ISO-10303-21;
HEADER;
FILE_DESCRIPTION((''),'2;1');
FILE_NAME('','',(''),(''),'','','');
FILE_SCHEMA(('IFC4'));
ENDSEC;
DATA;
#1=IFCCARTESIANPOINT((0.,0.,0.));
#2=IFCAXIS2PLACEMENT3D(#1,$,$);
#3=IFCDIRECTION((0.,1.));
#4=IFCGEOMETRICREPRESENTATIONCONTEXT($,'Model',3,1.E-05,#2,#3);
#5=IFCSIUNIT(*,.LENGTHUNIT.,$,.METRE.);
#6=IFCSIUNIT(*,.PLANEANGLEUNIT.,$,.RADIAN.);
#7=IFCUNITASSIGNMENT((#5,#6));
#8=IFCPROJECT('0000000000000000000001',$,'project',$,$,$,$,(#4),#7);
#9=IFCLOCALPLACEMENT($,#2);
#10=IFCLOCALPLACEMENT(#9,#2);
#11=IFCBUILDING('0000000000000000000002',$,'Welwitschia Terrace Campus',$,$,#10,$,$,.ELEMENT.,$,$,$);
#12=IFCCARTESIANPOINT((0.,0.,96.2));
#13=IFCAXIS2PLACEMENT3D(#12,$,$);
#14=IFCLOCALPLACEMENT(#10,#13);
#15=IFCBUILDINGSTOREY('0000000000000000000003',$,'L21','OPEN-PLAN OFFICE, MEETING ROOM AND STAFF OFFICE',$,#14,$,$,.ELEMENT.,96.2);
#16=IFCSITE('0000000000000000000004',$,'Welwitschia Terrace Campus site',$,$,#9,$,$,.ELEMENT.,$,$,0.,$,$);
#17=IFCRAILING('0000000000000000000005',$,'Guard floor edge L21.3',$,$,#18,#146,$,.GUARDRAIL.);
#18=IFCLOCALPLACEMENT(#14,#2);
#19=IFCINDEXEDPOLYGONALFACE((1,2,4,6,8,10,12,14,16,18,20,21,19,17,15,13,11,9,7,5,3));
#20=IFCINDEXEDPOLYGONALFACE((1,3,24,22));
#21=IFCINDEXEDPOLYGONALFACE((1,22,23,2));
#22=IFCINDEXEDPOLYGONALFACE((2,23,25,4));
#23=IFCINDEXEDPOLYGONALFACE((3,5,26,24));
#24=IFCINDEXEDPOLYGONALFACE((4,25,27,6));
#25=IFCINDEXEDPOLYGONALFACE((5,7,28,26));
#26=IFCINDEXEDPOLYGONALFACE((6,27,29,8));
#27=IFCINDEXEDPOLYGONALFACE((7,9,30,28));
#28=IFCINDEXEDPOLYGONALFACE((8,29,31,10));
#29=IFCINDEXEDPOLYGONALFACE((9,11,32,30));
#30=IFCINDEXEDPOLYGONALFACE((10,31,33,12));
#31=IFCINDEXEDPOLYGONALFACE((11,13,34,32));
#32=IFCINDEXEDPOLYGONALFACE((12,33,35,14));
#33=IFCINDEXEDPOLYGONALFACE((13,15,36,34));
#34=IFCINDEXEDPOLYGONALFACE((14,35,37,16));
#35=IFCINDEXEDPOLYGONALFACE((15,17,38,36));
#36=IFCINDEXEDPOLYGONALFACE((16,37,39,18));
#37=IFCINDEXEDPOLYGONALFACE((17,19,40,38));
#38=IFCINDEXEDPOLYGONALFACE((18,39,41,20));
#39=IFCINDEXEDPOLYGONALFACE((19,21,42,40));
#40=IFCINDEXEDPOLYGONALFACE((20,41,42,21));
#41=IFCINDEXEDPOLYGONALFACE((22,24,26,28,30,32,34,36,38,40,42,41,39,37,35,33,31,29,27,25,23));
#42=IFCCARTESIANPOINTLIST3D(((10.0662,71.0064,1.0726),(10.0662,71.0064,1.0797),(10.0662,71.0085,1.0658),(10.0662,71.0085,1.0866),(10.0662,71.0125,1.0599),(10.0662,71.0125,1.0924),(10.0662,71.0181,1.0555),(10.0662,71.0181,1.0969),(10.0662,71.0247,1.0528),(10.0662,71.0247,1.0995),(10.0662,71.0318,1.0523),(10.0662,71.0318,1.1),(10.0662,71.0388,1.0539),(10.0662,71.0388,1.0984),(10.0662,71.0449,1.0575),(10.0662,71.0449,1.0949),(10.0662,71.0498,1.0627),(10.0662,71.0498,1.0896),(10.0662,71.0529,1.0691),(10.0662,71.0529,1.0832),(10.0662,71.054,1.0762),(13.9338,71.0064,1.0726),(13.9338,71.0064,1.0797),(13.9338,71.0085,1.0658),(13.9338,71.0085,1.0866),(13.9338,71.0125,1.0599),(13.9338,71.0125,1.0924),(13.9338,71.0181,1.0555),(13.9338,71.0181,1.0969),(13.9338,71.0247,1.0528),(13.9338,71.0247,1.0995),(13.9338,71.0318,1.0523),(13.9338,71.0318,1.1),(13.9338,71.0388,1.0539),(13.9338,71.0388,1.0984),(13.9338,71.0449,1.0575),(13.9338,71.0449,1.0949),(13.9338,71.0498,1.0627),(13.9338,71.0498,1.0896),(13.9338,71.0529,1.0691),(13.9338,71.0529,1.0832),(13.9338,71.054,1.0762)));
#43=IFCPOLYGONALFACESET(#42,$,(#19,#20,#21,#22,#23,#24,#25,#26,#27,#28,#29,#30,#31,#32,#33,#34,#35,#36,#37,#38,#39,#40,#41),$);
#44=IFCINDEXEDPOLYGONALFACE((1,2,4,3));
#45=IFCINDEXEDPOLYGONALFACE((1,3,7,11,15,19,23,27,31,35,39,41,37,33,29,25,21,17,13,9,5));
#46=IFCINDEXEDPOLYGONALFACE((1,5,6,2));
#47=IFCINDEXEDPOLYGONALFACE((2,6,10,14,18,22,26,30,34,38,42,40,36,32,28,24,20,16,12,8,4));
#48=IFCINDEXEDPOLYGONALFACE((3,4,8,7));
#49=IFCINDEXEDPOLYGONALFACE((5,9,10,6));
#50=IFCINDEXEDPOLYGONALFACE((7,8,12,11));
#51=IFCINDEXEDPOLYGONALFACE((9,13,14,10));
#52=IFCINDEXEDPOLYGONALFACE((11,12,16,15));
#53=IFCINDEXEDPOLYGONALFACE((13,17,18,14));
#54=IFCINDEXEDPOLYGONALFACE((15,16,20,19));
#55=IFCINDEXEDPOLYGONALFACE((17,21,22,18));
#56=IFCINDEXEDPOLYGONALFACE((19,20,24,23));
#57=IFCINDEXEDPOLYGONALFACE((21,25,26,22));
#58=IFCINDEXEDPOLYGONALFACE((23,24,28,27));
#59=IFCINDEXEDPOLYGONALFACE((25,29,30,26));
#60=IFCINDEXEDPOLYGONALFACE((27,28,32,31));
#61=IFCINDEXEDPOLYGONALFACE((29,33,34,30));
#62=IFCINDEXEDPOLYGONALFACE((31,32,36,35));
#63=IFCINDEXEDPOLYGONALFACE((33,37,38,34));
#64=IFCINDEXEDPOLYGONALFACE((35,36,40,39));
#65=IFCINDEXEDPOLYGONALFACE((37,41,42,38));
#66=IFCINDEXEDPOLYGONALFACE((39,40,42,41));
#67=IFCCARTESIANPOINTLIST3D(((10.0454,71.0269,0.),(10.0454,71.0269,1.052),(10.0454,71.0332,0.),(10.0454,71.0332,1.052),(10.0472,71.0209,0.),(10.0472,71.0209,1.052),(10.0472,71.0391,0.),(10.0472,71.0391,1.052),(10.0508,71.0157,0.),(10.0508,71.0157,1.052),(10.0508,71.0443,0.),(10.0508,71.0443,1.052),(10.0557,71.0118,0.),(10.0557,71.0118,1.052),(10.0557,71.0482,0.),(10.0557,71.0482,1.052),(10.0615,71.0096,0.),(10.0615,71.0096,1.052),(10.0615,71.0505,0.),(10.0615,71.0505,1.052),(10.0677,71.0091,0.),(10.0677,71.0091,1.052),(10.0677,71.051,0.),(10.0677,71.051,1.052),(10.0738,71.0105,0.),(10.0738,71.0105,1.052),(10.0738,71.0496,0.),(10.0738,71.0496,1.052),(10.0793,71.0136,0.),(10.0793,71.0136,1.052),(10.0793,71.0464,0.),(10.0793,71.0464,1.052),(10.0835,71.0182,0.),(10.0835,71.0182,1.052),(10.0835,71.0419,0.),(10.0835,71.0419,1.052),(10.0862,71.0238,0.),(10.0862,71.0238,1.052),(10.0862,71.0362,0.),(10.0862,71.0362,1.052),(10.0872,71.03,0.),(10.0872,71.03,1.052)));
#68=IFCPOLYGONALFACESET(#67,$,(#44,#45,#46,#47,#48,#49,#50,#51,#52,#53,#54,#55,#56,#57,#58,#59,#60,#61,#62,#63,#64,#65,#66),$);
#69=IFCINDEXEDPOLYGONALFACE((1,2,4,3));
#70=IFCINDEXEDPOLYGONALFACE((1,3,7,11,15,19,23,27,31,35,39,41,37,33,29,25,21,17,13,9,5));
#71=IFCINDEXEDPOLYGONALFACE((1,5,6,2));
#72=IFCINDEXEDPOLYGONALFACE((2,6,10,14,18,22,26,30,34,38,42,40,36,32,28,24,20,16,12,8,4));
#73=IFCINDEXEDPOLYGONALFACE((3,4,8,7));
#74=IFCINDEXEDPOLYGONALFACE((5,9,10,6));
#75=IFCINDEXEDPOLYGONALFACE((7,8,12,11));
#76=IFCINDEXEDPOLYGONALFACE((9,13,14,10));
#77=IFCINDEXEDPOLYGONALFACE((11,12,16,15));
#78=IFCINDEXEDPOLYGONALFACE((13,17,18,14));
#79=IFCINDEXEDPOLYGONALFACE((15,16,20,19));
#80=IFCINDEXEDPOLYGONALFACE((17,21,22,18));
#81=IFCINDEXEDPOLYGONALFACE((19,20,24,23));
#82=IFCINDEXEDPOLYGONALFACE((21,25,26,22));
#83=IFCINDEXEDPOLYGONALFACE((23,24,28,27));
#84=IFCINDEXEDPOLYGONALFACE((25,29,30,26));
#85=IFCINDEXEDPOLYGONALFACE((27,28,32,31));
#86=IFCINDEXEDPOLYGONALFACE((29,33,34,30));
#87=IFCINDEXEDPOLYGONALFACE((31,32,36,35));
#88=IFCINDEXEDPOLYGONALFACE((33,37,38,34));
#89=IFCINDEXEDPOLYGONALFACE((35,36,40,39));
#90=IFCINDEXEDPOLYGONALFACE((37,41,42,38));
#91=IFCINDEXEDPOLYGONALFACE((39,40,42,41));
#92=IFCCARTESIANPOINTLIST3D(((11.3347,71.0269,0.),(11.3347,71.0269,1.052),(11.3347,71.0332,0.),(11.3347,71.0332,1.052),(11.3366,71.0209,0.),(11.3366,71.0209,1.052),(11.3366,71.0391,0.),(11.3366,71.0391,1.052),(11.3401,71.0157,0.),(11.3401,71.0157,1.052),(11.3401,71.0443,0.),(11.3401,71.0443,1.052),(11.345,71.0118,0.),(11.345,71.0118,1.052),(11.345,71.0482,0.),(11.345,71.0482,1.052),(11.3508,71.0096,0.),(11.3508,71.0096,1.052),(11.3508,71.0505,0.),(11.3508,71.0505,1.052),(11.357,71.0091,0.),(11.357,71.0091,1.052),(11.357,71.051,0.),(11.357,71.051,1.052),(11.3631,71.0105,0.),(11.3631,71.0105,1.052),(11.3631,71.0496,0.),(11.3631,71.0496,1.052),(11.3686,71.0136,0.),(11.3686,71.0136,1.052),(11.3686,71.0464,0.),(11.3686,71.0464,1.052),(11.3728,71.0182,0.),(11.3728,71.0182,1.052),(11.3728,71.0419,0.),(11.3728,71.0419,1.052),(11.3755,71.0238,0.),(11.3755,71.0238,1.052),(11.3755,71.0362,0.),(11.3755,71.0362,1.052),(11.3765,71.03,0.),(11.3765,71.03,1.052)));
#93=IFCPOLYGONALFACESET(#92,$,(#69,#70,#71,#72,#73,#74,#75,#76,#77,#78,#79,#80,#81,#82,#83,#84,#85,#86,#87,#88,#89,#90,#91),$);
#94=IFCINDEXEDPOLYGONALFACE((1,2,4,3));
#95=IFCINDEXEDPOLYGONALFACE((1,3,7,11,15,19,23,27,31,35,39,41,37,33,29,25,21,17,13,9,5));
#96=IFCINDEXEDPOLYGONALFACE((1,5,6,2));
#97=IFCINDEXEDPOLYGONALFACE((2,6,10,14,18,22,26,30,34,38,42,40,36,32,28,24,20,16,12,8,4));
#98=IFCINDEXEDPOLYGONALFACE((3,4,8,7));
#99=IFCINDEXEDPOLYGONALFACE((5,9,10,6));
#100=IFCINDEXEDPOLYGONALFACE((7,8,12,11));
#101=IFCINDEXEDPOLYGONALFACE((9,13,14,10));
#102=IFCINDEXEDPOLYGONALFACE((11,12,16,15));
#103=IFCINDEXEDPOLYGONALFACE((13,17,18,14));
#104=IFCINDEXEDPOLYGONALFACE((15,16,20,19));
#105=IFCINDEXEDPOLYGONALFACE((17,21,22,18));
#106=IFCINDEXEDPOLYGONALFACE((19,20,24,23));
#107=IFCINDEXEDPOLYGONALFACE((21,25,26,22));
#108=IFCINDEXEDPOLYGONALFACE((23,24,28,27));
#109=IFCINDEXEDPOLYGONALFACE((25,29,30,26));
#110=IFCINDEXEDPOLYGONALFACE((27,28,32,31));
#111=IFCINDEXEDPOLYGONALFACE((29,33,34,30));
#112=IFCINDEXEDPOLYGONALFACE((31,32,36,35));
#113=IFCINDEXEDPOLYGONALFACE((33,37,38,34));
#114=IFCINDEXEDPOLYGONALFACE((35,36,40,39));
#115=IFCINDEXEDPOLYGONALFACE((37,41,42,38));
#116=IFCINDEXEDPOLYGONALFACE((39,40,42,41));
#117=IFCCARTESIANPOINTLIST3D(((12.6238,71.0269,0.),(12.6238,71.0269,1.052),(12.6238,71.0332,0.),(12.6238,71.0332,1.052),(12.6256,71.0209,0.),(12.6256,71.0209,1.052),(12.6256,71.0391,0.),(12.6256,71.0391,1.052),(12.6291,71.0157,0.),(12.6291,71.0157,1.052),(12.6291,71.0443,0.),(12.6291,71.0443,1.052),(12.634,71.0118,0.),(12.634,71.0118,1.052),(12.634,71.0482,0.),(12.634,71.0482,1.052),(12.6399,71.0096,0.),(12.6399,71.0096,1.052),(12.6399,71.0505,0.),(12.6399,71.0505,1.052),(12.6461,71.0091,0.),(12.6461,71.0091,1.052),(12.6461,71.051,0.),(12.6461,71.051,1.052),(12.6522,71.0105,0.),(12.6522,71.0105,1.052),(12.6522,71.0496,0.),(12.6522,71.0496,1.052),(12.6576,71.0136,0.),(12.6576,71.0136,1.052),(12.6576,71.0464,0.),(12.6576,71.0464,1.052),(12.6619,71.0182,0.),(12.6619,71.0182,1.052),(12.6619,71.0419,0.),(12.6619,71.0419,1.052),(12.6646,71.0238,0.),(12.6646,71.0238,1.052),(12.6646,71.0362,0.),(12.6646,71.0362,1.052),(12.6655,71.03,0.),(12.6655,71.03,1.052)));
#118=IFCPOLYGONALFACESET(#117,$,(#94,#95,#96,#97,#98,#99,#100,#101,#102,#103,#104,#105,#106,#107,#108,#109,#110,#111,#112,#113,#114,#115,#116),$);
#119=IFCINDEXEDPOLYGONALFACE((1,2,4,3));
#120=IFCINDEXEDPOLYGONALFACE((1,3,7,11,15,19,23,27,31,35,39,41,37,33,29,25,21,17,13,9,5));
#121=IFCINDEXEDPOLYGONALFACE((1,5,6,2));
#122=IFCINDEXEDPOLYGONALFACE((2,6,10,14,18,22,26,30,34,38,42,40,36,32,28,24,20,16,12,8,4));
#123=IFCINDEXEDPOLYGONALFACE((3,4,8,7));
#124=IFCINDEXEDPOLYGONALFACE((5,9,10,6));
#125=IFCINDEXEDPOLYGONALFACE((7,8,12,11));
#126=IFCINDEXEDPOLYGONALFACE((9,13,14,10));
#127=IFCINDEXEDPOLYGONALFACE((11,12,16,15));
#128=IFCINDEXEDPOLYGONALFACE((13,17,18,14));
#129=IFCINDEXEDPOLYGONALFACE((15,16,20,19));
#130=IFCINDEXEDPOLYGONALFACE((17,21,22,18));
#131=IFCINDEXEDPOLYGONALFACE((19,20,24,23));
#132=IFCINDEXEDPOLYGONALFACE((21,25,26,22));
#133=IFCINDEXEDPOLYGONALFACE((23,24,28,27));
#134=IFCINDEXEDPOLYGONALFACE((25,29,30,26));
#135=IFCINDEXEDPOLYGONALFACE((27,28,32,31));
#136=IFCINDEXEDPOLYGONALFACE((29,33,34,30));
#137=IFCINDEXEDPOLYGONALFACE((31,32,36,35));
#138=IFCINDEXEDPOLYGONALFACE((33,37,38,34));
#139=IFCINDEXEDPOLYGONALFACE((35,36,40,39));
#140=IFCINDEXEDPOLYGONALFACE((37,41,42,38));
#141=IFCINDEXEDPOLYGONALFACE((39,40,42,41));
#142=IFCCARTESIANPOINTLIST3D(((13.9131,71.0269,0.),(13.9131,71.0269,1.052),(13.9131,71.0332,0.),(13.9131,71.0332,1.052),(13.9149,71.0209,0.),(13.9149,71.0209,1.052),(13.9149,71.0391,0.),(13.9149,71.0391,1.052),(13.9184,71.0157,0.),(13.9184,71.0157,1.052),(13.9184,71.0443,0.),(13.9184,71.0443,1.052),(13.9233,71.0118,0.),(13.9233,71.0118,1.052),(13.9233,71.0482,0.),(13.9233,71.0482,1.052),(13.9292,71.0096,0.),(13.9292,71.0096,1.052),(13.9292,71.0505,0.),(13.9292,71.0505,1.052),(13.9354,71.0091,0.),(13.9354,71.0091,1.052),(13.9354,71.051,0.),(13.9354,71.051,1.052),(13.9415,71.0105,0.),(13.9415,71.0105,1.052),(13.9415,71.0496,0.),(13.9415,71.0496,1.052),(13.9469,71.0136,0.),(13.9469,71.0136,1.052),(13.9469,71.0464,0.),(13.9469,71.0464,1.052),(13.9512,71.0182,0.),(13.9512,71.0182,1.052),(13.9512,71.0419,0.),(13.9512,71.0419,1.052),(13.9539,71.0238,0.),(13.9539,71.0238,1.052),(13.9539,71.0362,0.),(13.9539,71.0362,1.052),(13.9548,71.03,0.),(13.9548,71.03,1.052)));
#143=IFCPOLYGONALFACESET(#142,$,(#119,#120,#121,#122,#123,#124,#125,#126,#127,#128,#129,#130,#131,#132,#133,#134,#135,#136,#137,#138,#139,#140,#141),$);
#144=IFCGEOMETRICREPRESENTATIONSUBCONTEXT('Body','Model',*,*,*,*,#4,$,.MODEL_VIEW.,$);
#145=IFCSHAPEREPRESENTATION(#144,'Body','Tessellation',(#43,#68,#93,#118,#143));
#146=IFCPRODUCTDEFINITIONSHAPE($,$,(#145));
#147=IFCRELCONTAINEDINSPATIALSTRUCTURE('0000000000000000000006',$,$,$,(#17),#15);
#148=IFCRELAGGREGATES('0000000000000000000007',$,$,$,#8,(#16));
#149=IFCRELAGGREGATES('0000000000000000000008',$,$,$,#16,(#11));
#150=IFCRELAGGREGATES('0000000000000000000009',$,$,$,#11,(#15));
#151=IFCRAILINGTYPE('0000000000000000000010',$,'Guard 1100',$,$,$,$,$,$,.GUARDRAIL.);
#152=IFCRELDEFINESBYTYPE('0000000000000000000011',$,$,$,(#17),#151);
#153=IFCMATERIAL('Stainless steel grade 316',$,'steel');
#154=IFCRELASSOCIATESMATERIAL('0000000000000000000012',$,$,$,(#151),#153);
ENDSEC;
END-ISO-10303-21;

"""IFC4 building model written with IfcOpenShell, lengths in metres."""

from ifc_helpers import new_model, si_unit, direction, frame, origin, origin_2d, place, context, subcontext, project, spatial, circle, extrude, material, type_object, element, save


model = new_model("IFC4")

# Units and contexts
model_context = context("Model", 3, precision=1e-05, world=origin(), true_north=direction((0.0, 1.0)))
body_context = subcontext(model_context, "Body", "Model", "MODEL_VIEW")
ifc_project = project(units=[si_unit("LENGTHUNIT", "METRE"), si_unit("PLANEANGLEUNIT", "RADIAN")], contexts=[model_context])

# Site, building, storey
site_placement = place(None, origin())
site = spatial("IfcSite", under=ifc_project, at=site_placement, Name="Welwitschia Terrace Campus site", CompositionType="ELEMENT", RefElevation=0.0)
building_placement = place(site_placement, origin())
building = spatial("IfcBuilding", under=site, at=building_placement, Name="Welwitschia Terrace Campus", CompositionType="ELEMENT")
storey_placement = place(building_placement, frame((0.0, 0.0, 96.2)))
storey = spatial("IfcBuildingStorey", under=building, at=storey_placement, Name="L21", Description="OPEN-PLAN OFFICE, MEETING ROOM AND STAFF OFFICE", CompositionType="ELEMENT", Elevation=96.2)

# Railing
ifc_material_1 = material(Name="Stainless steel grade 316", Category="steel")
railing_type = type_object("IfcRailingType", Name="Guard 1100", PredefinedType="GUARDRAIL", material=ifc_material_1)
railing_1_placement = place(storey_placement, frame((10.0662, 71.03, 0.0)))
element("IfcRailing", 1, at=railing_1_placement, inside=storey, type_object=railing_type, Name="Guard floor edge L21.3", PredefinedType="GUARDRAIL", context=body_context, shape_type="SweptSolid", body=[
    extrude(circle(Radius=0.0239, at=origin_2d()), frame((0.0, 0.0, 1.0762), z_axis=(1.0, 0.0, 0.0), x_axis=(0.0, 1.0, 0.0)), (0.0, 0.0, 1.0), 3.8677),
    extrude(circle(Radius=0.021, at=origin_2d()), origin(), (0.0, 0.0, 1.0), 1.052),
    extrude(circle(Radius=0.021, at=origin_2d()), frame((1.2893, 0.0, 0.0)), (0.0, 0.0, 1.0), 1.052),
    extrude(circle(Radius=0.021, at=origin_2d()), frame((2.5784, 0.0, 0.0)), (0.0, 0.0, 1.0), 1.052),
    extrude(circle(Radius=0.021, at=origin_2d()), frame((3.8677, 0.0, 0.0)), (0.0, 0.0, 1.0), 1.052),
])

save(model, "model.ifc")
